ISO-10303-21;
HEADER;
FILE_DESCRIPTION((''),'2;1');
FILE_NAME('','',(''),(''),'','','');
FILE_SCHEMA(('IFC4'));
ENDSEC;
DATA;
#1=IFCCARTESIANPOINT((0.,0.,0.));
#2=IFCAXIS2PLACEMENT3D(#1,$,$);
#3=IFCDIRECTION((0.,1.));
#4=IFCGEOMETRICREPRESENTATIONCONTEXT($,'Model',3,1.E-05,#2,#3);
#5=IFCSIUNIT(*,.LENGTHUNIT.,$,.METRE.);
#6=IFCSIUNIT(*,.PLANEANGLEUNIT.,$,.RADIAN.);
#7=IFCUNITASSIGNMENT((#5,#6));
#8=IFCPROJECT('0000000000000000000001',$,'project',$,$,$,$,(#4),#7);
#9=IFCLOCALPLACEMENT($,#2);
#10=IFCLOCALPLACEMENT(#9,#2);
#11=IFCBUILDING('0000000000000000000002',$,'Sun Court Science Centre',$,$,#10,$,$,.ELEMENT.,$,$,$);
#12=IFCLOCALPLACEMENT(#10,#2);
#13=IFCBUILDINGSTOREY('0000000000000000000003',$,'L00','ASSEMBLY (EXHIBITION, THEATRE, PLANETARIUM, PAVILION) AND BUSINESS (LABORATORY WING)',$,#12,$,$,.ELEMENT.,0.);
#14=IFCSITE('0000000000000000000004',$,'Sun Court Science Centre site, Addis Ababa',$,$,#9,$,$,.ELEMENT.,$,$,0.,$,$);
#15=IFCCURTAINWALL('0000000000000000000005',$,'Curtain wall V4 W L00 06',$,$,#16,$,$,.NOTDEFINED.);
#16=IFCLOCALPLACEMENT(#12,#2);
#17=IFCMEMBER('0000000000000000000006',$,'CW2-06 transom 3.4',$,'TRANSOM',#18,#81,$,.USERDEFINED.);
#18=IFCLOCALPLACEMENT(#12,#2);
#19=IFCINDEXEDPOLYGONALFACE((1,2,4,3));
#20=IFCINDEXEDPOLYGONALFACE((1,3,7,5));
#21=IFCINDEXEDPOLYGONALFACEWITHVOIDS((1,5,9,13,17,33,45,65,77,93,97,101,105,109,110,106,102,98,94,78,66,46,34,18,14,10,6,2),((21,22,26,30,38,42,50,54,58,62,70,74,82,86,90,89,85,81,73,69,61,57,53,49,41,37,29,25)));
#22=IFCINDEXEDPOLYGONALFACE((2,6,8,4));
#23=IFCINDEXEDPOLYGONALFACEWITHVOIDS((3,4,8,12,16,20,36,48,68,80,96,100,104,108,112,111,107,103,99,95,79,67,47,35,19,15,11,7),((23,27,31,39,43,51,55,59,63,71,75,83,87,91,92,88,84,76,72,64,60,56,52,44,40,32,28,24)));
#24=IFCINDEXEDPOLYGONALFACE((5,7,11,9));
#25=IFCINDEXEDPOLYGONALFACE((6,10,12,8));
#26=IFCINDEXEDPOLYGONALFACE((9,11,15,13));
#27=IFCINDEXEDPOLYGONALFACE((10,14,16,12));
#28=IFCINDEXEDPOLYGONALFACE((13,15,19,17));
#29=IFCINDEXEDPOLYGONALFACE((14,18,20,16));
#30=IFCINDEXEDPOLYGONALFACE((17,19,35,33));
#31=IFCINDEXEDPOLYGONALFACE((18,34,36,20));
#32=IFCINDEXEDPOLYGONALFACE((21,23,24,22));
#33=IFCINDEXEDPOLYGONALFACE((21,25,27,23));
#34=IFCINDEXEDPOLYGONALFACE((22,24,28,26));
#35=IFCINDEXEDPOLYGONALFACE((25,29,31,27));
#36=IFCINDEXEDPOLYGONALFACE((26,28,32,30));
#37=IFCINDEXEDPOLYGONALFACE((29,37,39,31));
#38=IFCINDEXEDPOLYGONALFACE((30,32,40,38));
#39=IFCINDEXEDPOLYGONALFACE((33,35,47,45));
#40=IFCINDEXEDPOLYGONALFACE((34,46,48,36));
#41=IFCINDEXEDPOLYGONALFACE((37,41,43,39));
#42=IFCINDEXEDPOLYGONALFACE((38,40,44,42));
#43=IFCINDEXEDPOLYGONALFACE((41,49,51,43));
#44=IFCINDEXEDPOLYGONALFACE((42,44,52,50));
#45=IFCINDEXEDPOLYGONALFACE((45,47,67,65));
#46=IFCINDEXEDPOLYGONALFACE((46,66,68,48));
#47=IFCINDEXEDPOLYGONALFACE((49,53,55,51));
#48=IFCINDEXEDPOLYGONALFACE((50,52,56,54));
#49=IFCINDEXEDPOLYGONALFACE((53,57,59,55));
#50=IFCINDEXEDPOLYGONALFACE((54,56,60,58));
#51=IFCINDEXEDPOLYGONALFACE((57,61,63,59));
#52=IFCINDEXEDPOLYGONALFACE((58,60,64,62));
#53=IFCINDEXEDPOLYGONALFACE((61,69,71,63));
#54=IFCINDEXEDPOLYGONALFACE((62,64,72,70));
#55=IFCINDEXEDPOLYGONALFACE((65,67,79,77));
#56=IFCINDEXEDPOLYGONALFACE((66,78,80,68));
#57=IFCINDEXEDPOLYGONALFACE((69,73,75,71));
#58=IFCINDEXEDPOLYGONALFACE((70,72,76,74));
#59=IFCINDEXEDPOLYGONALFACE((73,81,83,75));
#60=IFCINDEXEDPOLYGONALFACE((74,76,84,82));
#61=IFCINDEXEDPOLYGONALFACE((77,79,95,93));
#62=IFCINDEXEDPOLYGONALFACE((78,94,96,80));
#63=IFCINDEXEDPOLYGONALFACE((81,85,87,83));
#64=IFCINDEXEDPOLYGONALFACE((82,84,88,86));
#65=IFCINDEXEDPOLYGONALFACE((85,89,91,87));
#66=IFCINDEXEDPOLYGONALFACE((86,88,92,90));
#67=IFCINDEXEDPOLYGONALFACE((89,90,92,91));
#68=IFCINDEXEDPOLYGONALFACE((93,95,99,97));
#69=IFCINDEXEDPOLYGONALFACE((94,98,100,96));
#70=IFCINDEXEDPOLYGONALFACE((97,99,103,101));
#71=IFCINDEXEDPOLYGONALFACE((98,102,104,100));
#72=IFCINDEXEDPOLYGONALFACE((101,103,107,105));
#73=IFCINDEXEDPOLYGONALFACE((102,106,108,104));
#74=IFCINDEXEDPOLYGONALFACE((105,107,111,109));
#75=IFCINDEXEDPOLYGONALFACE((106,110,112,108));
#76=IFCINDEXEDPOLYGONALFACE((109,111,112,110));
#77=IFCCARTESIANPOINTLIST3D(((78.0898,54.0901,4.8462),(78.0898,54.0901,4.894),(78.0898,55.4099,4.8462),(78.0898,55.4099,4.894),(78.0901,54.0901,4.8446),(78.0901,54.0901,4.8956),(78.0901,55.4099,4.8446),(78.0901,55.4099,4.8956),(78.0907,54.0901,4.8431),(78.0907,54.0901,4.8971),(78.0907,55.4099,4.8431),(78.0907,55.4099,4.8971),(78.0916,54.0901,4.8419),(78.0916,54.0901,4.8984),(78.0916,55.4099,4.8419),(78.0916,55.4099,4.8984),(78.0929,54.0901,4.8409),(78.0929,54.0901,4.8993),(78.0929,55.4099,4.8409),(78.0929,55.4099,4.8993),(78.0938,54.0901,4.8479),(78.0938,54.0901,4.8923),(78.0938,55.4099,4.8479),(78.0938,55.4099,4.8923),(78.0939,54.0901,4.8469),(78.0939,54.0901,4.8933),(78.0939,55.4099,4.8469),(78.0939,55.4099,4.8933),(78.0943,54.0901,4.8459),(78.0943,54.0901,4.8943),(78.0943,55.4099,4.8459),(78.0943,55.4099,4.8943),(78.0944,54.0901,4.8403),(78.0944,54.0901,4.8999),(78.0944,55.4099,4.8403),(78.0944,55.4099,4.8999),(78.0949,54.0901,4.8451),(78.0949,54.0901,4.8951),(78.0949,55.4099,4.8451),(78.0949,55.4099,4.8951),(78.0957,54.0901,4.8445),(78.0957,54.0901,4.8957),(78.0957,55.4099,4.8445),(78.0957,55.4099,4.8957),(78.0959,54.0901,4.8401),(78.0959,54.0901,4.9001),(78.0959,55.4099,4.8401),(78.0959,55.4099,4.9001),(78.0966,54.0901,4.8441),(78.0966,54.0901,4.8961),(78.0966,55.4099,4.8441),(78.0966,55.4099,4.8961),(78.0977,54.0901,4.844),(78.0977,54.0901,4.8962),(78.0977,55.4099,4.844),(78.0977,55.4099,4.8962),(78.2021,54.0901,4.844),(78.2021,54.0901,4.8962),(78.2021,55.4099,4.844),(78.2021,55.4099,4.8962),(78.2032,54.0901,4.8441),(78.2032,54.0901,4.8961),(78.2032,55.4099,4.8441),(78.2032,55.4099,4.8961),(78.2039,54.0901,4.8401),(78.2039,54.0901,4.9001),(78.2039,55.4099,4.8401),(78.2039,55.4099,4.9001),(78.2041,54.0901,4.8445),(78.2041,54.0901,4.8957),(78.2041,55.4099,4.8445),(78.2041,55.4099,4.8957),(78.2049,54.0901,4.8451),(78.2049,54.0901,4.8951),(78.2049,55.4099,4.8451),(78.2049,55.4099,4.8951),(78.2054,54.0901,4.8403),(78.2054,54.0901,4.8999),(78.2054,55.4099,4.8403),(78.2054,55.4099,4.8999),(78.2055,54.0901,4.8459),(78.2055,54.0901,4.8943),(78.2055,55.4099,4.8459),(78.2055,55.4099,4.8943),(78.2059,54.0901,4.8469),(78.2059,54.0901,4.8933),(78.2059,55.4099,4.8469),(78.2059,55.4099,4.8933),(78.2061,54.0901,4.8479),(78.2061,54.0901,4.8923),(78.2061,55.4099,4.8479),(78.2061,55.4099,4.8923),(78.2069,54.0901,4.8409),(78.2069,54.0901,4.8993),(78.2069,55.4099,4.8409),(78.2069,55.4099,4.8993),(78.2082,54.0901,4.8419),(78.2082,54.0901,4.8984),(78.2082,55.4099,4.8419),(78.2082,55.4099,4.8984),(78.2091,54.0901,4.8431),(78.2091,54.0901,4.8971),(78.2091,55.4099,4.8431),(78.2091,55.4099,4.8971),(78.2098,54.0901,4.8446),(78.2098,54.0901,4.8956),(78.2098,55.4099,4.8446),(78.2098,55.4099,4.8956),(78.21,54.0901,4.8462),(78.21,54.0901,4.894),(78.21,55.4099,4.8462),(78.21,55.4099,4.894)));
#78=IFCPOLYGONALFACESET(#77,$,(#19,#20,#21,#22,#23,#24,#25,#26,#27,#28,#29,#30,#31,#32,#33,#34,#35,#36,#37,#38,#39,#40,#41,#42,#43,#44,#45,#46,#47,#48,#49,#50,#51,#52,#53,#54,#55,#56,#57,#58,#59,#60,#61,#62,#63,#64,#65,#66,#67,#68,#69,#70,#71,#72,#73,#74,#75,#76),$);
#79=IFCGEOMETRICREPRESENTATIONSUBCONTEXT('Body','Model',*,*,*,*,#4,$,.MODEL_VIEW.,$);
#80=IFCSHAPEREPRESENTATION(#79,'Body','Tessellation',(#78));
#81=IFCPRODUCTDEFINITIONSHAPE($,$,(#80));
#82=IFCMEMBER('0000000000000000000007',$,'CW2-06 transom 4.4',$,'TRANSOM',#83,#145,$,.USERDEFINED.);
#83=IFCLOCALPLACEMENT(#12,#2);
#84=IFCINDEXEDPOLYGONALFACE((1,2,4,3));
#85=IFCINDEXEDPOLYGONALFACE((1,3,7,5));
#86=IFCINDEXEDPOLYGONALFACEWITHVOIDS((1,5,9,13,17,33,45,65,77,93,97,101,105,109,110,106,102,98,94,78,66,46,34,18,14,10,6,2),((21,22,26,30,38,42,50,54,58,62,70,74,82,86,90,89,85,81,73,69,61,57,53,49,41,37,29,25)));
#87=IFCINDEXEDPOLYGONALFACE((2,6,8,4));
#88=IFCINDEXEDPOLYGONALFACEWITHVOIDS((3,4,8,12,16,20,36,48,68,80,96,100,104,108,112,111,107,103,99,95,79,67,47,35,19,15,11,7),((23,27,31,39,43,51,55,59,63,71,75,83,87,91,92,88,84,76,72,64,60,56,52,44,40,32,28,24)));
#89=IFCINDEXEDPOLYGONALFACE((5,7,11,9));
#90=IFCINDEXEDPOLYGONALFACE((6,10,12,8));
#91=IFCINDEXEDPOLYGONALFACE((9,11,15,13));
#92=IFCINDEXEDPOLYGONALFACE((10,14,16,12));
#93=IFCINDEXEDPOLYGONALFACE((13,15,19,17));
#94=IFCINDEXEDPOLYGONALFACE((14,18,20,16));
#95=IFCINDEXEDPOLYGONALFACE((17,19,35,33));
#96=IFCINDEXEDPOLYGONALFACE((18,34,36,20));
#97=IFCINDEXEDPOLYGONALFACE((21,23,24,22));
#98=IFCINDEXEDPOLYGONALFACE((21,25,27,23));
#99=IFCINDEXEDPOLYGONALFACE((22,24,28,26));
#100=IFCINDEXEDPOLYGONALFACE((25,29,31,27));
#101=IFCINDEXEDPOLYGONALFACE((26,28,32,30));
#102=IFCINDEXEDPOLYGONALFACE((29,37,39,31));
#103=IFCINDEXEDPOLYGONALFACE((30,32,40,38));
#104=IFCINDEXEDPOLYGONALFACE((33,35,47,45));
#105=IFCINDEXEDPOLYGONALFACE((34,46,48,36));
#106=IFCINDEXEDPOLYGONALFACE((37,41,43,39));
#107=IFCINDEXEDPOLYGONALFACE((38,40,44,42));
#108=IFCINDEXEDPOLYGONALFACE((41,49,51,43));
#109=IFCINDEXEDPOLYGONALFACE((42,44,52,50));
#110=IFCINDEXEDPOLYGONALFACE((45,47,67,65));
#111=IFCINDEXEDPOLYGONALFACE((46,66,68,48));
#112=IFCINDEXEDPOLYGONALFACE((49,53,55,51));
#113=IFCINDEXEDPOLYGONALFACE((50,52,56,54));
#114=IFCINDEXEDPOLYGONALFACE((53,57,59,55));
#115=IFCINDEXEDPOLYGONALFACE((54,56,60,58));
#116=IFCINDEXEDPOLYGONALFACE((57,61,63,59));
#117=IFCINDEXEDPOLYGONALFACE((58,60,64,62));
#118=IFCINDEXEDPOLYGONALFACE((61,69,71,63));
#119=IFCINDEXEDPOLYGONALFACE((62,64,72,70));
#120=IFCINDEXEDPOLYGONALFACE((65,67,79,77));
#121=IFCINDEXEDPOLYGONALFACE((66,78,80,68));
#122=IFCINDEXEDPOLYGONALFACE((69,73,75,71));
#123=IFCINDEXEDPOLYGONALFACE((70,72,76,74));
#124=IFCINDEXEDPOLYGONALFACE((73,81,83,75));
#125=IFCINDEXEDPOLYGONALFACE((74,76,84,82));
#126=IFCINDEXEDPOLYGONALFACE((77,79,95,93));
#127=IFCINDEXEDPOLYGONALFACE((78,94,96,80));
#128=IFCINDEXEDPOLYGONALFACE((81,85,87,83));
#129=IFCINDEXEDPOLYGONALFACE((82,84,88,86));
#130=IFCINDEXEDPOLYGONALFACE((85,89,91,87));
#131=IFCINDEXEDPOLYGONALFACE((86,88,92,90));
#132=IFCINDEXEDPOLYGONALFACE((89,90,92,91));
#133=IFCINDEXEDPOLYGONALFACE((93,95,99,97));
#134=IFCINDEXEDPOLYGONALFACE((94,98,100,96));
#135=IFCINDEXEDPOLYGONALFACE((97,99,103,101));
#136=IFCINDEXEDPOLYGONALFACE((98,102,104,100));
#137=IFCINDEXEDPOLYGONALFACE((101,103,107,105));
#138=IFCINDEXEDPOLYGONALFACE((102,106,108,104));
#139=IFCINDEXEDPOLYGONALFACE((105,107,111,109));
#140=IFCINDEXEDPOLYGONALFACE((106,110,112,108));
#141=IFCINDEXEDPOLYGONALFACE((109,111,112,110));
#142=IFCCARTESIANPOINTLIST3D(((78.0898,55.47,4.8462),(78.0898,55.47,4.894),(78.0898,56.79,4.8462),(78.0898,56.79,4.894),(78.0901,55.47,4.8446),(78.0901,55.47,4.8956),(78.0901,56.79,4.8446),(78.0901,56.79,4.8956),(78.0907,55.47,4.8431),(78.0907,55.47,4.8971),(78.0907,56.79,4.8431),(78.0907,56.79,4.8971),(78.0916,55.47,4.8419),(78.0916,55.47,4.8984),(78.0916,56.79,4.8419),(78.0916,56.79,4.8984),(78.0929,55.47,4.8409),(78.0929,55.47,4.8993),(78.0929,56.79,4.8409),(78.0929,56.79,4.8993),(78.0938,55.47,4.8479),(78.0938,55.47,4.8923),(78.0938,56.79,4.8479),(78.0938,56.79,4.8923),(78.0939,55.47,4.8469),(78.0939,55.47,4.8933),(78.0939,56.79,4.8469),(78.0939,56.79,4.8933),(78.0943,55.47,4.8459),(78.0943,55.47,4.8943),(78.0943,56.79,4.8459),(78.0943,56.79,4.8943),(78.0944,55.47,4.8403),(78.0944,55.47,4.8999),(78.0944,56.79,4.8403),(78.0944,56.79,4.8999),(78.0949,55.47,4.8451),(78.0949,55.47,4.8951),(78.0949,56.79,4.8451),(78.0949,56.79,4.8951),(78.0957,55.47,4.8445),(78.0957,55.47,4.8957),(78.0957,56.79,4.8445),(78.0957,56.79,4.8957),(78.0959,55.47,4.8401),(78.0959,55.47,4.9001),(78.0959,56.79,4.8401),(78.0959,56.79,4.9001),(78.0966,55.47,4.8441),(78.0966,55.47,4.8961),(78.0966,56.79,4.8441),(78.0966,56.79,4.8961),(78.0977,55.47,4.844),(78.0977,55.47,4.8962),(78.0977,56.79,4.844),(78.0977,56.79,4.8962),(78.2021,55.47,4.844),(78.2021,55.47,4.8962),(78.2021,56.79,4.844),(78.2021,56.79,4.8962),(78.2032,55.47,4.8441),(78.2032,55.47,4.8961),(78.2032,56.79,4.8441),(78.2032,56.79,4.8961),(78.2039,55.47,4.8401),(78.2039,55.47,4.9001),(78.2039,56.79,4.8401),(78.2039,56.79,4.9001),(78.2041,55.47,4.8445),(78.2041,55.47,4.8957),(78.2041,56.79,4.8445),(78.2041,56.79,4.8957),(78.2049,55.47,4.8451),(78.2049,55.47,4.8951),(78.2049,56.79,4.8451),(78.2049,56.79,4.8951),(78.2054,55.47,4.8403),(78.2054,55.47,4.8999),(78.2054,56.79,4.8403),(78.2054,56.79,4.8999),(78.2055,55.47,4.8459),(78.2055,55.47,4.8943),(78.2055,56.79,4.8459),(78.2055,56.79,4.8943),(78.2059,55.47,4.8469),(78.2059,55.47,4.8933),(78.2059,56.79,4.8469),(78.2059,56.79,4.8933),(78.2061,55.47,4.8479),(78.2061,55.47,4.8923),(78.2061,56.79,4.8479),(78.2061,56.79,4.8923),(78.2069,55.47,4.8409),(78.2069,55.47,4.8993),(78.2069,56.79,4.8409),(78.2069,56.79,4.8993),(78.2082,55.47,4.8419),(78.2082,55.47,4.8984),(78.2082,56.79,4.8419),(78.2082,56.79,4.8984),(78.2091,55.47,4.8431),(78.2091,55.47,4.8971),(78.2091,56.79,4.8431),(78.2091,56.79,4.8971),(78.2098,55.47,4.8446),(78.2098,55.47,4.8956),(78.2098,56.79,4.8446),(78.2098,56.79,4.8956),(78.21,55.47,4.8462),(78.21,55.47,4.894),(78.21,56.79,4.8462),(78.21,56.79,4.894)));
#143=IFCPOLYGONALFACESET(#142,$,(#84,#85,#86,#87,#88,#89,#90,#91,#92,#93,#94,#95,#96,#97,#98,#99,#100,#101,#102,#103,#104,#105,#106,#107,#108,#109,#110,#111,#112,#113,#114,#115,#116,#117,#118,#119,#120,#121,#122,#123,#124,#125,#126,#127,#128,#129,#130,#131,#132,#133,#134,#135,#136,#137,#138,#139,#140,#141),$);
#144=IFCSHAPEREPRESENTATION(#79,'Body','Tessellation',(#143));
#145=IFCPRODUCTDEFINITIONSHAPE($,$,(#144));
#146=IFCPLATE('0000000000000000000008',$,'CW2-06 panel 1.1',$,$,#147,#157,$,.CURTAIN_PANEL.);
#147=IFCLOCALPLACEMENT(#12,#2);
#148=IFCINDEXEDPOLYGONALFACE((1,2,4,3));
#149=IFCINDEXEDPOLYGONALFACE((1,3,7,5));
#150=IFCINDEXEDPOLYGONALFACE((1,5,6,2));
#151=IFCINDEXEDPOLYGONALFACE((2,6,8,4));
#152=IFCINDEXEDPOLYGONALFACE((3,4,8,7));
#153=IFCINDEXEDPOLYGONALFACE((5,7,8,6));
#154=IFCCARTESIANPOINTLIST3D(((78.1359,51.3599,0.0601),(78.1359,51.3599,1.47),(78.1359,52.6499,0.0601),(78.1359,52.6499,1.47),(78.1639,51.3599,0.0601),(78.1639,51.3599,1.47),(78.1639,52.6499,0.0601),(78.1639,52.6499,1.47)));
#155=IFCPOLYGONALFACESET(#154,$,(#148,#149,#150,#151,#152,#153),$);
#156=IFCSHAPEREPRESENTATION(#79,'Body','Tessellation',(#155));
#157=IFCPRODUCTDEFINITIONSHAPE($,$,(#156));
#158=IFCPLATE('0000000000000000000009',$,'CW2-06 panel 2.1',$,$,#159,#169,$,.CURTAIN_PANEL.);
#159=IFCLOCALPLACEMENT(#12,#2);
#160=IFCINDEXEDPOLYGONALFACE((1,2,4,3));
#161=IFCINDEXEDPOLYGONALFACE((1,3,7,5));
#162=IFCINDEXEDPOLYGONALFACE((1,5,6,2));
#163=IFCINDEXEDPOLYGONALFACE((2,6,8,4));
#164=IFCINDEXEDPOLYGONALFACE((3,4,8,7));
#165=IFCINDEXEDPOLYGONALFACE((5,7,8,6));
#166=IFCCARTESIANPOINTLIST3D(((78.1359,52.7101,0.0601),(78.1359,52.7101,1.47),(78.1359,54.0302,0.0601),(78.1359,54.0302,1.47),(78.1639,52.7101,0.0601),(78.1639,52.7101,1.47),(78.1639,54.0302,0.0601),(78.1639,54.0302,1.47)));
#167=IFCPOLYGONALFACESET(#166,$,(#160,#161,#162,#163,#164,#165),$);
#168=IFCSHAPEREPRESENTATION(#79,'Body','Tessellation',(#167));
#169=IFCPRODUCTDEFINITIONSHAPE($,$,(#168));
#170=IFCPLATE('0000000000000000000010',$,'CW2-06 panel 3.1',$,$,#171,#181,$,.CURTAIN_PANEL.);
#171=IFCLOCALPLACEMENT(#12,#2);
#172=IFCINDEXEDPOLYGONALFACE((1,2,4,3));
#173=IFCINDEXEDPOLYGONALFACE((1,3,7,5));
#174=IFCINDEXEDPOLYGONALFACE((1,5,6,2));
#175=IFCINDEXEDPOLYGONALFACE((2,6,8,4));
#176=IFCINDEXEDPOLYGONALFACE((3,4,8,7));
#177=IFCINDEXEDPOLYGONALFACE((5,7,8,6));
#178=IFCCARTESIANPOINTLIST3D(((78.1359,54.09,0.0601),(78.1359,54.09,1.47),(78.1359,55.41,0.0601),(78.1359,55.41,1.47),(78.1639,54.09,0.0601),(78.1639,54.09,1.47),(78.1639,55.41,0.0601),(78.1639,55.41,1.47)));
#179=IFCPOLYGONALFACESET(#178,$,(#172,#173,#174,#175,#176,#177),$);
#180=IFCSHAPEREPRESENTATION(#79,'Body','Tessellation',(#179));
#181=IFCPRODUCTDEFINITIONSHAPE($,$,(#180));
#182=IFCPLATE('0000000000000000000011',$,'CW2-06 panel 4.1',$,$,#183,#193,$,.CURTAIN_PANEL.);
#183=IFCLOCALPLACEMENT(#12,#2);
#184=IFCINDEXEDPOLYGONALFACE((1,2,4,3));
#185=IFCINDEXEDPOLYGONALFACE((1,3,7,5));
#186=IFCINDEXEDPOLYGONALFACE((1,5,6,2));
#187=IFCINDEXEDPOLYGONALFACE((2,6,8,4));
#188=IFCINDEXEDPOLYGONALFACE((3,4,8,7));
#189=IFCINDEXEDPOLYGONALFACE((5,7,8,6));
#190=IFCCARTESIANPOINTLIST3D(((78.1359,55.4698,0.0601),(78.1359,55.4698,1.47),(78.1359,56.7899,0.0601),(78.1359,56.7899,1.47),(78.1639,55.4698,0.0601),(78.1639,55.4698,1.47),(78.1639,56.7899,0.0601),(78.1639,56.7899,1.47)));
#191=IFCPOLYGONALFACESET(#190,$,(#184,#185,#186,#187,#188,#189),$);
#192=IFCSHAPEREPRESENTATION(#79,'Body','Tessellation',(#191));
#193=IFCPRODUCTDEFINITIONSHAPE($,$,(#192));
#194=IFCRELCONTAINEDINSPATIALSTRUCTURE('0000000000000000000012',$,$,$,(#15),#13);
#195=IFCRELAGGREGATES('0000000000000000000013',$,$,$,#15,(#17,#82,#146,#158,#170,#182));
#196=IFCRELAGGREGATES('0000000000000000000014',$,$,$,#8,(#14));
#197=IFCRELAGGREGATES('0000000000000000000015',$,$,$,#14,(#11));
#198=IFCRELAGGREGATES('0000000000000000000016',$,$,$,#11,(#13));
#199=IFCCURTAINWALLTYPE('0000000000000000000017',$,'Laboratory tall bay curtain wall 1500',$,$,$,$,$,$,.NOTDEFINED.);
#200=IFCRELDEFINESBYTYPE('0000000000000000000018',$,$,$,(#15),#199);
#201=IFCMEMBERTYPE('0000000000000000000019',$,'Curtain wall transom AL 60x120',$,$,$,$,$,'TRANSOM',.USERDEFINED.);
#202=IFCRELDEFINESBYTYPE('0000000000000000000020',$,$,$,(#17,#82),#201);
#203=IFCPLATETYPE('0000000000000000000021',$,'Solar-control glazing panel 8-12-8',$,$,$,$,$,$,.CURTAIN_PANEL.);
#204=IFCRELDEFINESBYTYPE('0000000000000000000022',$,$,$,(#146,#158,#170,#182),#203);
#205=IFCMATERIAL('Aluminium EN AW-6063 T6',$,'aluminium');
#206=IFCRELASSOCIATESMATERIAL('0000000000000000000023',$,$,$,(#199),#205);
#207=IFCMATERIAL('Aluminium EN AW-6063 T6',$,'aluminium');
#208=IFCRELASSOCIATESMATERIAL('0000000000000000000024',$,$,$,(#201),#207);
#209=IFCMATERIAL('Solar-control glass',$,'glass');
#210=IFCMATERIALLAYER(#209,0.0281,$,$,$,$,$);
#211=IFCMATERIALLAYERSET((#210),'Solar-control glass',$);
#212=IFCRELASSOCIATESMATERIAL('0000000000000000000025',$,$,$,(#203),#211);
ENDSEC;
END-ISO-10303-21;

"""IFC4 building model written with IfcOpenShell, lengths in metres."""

from ifc_helpers import new_model, si_unit, direction, frame, origin, origin_2d, place, context, subcontext, project, spatial, rectangle, hollow_rectangle, extrude, material, layer, layer_set, material_profile, profile_set, type_object, element, aggregate, save


model = new_model("IFC4")

# Units and contexts
model_context = context("Model", 3, precision=1e-05, world=origin(), true_north=direction((0.0, 1.0)))
body_context = subcontext(model_context, "Body", "Model", "MODEL_VIEW")
ifc_project = project(units=[si_unit("LENGTHUNIT", "METRE"), si_unit("PLANEANGLEUNIT", "RADIAN")], contexts=[model_context])

# Site, building, storey
site_placement = place(None, origin())
site = spatial("IfcSite", under=ifc_project, at=site_placement, Name="Sun Court Science Centre site, Addis Ababa", CompositionType="ELEMENT", RefElevation=0.0)
building_placement = place(site_placement, origin())
building = spatial("IfcBuilding", under=site, at=building_placement, Name="Sun Court Science Centre", CompositionType="ELEMENT")
storey_placement = place(building_placement, origin())
storey = spatial("IfcBuildingStorey", under=building, at=storey_placement, Name="L00", Description="ASSEMBLY (EXHIBITION, THEATRE, PLANETARIUM, PAVILION) AND BUSINESS (LABORATORY WING)", CompositionType="ELEMENT", Elevation=0.0)

# Curtain wall, members, plates
ifc_material_1 = material(Name="Aluminium EN AW-6063 T6", Category="aluminium")
curtain_wall_type = type_object("IfcCurtainWallType", Name="Laboratory tall bay curtain wall 1500", PredefinedType="NOTDEFINED", material=ifc_material_1)
curtain_wall_placement = place(storey_placement, origin())
curtain_wall = element("IfcCurtainWall", 1, at=curtain_wall_placement, inside=storey, type_object=curtain_wall_type, Name="Curtain wall V4 W L00 06", PredefinedType="NOTDEFINED")
ifc_material_2 = material(Name="Aluminium EN AW-6063 T6", Category="aluminium")
ifc_material_profile_1 = material_profile(ifc_material_2, hollow_rectangle(XDim=0.0601, YDim=0.1201, WallThickness=0.0039, InnerFilletRadius=0.0039, OuterFilletRadius=0.0061, at=origin_2d()), Name="AL 60x120x4")
ifc_profile_set_1 = profile_set([ifc_material_profile_1], Name="Aluminium EN AW-6063 T6")
member_type_1 = type_object("IfcMemberType", Name="Curtain wall transom AL 60x120", ElementType="TRANSOM", PredefinedType="USERDEFINED", material=ifc_profile_set_1)
member_1_placement = place(storey_placement, frame((78.1499, 54.0901, 4.8701), z_axis=(0.0, 1.0, 0.0), x_axis=(0.0, 0.0, 1.0)))
member_1 = element("IfcMember", 2, at=member_1_placement, type_object=member_type_1, Name="CW2-06 transom 3.4", ObjectType="TRANSOM", PredefinedType="USERDEFINED", context=body_context, shape_type="SweptSolid", body=[
    extrude(hollow_rectangle(XDim=0.0601, YDim=0.1201, WallThickness=0.0039, InnerFilletRadius=0.0039, OuterFilletRadius=0.0061, at=origin_2d()), origin(), (0.0, 0.0, 1.0), 1.3198),
])
member_2_placement = place(storey_placement, frame((78.1499, 55.47, 4.8701), z_axis=(0.0, 1.0, 0.0), x_axis=(0.0, 0.0, 1.0)))
member_2 = element("IfcMember", 3, at=member_2_placement, type_object=member_type_1, Name="CW2-06 transom 4.4", ObjectType="TRANSOM", PredefinedType="USERDEFINED", context=body_context, shape_type="SweptSolid", body=[
    extrude(hollow_rectangle(XDim=0.0601, YDim=0.1201, WallThickness=0.0039, InnerFilletRadius=0.0039, OuterFilletRadius=0.0061, at=origin_2d()), origin(), (0.0, 0.0, 1.0), 1.3201),
])
ifc_material_3 = material(Name="Solar-control glass", Category="glass")
ifc_layer_1 = layer(ifc_material_3, 0.0281)
ifc_layer_set_1 = layer_set([ifc_layer_1], Name="Solar-control glass")
plate_type = type_object("IfcPlateType", Name="Solar-control glazing panel 8-12-8", PredefinedType="CURTAIN_PANEL", material=ifc_layer_set_1)
plate_1_placement = place(storey_placement, frame((78.1499, 52.0049, 0.0601), z_axis=(0.0, 0.0, 1.0), x_axis=(0.0, 1.0, 0.0)))
plate_1 = element("IfcPlate", 4, at=plate_1_placement, type_object=plate_type, Name="CW2-06 panel 1.1", PredefinedType="CURTAIN_PANEL", context=body_context, shape_type="SweptSolid", body=[
    extrude(rectangle(XDim=1.29, YDim=0.0281, at=origin_2d()), origin(), (0.0, 0.0, 1.0), 1.4099),
])
plate_2_placement = place(storey_placement, frame((78.1499, 53.3701, 0.0601), z_axis=(0.0, 0.0, 1.0), x_axis=(0.0, 1.0, 0.0)))
plate_2 = element("IfcPlate", 5, at=plate_2_placement, type_object=plate_type, Name="CW2-06 panel 2.1", PredefinedType="CURTAIN_PANEL", context=body_context, shape_type="SweptSolid", body=[
    extrude(rectangle(XDim=1.3201, YDim=0.0281, at=origin_2d()), origin(), (0.0, 0.0, 1.0), 1.4099),
])
plate_3_placement = place(storey_placement, frame((78.1499, 54.75, 0.0601), z_axis=(0.0, 0.0, 1.0), x_axis=(0.0, 1.0, 0.0)))
plate_3 = element("IfcPlate", 6, at=plate_3_placement, type_object=plate_type, Name="CW2-06 panel 3.1", PredefinedType="CURTAIN_PANEL", context=body_context, shape_type="SweptSolid", body=[
    extrude(rectangle(XDim=1.3201, YDim=0.0281, at=origin_2d()), origin(), (0.0, 0.0, 1.0), 1.4099),
])
plate_4_placement = place(storey_placement, frame((78.1499, 56.1299, 0.0601), z_axis=(0.0, 0.0, 1.0), x_axis=(0.0, 1.0, 0.0)))
plate_4 = element("IfcPlate", 7, at=plate_4_placement, type_object=plate_type, Name="CW2-06 panel 4.1", PredefinedType="CURTAIN_PANEL", context=body_context, shape_type="SweptSolid", body=[
    extrude(rectangle(XDim=1.3201, YDim=0.0281, at=origin_2d()), origin(), (0.0, 0.0, 1.0), 1.4099),
])
aggregate(curtain_wall, [member_1, member_2, plate_1, plate_2, plate_3, plate_4])

save(model, "model.ifc")
